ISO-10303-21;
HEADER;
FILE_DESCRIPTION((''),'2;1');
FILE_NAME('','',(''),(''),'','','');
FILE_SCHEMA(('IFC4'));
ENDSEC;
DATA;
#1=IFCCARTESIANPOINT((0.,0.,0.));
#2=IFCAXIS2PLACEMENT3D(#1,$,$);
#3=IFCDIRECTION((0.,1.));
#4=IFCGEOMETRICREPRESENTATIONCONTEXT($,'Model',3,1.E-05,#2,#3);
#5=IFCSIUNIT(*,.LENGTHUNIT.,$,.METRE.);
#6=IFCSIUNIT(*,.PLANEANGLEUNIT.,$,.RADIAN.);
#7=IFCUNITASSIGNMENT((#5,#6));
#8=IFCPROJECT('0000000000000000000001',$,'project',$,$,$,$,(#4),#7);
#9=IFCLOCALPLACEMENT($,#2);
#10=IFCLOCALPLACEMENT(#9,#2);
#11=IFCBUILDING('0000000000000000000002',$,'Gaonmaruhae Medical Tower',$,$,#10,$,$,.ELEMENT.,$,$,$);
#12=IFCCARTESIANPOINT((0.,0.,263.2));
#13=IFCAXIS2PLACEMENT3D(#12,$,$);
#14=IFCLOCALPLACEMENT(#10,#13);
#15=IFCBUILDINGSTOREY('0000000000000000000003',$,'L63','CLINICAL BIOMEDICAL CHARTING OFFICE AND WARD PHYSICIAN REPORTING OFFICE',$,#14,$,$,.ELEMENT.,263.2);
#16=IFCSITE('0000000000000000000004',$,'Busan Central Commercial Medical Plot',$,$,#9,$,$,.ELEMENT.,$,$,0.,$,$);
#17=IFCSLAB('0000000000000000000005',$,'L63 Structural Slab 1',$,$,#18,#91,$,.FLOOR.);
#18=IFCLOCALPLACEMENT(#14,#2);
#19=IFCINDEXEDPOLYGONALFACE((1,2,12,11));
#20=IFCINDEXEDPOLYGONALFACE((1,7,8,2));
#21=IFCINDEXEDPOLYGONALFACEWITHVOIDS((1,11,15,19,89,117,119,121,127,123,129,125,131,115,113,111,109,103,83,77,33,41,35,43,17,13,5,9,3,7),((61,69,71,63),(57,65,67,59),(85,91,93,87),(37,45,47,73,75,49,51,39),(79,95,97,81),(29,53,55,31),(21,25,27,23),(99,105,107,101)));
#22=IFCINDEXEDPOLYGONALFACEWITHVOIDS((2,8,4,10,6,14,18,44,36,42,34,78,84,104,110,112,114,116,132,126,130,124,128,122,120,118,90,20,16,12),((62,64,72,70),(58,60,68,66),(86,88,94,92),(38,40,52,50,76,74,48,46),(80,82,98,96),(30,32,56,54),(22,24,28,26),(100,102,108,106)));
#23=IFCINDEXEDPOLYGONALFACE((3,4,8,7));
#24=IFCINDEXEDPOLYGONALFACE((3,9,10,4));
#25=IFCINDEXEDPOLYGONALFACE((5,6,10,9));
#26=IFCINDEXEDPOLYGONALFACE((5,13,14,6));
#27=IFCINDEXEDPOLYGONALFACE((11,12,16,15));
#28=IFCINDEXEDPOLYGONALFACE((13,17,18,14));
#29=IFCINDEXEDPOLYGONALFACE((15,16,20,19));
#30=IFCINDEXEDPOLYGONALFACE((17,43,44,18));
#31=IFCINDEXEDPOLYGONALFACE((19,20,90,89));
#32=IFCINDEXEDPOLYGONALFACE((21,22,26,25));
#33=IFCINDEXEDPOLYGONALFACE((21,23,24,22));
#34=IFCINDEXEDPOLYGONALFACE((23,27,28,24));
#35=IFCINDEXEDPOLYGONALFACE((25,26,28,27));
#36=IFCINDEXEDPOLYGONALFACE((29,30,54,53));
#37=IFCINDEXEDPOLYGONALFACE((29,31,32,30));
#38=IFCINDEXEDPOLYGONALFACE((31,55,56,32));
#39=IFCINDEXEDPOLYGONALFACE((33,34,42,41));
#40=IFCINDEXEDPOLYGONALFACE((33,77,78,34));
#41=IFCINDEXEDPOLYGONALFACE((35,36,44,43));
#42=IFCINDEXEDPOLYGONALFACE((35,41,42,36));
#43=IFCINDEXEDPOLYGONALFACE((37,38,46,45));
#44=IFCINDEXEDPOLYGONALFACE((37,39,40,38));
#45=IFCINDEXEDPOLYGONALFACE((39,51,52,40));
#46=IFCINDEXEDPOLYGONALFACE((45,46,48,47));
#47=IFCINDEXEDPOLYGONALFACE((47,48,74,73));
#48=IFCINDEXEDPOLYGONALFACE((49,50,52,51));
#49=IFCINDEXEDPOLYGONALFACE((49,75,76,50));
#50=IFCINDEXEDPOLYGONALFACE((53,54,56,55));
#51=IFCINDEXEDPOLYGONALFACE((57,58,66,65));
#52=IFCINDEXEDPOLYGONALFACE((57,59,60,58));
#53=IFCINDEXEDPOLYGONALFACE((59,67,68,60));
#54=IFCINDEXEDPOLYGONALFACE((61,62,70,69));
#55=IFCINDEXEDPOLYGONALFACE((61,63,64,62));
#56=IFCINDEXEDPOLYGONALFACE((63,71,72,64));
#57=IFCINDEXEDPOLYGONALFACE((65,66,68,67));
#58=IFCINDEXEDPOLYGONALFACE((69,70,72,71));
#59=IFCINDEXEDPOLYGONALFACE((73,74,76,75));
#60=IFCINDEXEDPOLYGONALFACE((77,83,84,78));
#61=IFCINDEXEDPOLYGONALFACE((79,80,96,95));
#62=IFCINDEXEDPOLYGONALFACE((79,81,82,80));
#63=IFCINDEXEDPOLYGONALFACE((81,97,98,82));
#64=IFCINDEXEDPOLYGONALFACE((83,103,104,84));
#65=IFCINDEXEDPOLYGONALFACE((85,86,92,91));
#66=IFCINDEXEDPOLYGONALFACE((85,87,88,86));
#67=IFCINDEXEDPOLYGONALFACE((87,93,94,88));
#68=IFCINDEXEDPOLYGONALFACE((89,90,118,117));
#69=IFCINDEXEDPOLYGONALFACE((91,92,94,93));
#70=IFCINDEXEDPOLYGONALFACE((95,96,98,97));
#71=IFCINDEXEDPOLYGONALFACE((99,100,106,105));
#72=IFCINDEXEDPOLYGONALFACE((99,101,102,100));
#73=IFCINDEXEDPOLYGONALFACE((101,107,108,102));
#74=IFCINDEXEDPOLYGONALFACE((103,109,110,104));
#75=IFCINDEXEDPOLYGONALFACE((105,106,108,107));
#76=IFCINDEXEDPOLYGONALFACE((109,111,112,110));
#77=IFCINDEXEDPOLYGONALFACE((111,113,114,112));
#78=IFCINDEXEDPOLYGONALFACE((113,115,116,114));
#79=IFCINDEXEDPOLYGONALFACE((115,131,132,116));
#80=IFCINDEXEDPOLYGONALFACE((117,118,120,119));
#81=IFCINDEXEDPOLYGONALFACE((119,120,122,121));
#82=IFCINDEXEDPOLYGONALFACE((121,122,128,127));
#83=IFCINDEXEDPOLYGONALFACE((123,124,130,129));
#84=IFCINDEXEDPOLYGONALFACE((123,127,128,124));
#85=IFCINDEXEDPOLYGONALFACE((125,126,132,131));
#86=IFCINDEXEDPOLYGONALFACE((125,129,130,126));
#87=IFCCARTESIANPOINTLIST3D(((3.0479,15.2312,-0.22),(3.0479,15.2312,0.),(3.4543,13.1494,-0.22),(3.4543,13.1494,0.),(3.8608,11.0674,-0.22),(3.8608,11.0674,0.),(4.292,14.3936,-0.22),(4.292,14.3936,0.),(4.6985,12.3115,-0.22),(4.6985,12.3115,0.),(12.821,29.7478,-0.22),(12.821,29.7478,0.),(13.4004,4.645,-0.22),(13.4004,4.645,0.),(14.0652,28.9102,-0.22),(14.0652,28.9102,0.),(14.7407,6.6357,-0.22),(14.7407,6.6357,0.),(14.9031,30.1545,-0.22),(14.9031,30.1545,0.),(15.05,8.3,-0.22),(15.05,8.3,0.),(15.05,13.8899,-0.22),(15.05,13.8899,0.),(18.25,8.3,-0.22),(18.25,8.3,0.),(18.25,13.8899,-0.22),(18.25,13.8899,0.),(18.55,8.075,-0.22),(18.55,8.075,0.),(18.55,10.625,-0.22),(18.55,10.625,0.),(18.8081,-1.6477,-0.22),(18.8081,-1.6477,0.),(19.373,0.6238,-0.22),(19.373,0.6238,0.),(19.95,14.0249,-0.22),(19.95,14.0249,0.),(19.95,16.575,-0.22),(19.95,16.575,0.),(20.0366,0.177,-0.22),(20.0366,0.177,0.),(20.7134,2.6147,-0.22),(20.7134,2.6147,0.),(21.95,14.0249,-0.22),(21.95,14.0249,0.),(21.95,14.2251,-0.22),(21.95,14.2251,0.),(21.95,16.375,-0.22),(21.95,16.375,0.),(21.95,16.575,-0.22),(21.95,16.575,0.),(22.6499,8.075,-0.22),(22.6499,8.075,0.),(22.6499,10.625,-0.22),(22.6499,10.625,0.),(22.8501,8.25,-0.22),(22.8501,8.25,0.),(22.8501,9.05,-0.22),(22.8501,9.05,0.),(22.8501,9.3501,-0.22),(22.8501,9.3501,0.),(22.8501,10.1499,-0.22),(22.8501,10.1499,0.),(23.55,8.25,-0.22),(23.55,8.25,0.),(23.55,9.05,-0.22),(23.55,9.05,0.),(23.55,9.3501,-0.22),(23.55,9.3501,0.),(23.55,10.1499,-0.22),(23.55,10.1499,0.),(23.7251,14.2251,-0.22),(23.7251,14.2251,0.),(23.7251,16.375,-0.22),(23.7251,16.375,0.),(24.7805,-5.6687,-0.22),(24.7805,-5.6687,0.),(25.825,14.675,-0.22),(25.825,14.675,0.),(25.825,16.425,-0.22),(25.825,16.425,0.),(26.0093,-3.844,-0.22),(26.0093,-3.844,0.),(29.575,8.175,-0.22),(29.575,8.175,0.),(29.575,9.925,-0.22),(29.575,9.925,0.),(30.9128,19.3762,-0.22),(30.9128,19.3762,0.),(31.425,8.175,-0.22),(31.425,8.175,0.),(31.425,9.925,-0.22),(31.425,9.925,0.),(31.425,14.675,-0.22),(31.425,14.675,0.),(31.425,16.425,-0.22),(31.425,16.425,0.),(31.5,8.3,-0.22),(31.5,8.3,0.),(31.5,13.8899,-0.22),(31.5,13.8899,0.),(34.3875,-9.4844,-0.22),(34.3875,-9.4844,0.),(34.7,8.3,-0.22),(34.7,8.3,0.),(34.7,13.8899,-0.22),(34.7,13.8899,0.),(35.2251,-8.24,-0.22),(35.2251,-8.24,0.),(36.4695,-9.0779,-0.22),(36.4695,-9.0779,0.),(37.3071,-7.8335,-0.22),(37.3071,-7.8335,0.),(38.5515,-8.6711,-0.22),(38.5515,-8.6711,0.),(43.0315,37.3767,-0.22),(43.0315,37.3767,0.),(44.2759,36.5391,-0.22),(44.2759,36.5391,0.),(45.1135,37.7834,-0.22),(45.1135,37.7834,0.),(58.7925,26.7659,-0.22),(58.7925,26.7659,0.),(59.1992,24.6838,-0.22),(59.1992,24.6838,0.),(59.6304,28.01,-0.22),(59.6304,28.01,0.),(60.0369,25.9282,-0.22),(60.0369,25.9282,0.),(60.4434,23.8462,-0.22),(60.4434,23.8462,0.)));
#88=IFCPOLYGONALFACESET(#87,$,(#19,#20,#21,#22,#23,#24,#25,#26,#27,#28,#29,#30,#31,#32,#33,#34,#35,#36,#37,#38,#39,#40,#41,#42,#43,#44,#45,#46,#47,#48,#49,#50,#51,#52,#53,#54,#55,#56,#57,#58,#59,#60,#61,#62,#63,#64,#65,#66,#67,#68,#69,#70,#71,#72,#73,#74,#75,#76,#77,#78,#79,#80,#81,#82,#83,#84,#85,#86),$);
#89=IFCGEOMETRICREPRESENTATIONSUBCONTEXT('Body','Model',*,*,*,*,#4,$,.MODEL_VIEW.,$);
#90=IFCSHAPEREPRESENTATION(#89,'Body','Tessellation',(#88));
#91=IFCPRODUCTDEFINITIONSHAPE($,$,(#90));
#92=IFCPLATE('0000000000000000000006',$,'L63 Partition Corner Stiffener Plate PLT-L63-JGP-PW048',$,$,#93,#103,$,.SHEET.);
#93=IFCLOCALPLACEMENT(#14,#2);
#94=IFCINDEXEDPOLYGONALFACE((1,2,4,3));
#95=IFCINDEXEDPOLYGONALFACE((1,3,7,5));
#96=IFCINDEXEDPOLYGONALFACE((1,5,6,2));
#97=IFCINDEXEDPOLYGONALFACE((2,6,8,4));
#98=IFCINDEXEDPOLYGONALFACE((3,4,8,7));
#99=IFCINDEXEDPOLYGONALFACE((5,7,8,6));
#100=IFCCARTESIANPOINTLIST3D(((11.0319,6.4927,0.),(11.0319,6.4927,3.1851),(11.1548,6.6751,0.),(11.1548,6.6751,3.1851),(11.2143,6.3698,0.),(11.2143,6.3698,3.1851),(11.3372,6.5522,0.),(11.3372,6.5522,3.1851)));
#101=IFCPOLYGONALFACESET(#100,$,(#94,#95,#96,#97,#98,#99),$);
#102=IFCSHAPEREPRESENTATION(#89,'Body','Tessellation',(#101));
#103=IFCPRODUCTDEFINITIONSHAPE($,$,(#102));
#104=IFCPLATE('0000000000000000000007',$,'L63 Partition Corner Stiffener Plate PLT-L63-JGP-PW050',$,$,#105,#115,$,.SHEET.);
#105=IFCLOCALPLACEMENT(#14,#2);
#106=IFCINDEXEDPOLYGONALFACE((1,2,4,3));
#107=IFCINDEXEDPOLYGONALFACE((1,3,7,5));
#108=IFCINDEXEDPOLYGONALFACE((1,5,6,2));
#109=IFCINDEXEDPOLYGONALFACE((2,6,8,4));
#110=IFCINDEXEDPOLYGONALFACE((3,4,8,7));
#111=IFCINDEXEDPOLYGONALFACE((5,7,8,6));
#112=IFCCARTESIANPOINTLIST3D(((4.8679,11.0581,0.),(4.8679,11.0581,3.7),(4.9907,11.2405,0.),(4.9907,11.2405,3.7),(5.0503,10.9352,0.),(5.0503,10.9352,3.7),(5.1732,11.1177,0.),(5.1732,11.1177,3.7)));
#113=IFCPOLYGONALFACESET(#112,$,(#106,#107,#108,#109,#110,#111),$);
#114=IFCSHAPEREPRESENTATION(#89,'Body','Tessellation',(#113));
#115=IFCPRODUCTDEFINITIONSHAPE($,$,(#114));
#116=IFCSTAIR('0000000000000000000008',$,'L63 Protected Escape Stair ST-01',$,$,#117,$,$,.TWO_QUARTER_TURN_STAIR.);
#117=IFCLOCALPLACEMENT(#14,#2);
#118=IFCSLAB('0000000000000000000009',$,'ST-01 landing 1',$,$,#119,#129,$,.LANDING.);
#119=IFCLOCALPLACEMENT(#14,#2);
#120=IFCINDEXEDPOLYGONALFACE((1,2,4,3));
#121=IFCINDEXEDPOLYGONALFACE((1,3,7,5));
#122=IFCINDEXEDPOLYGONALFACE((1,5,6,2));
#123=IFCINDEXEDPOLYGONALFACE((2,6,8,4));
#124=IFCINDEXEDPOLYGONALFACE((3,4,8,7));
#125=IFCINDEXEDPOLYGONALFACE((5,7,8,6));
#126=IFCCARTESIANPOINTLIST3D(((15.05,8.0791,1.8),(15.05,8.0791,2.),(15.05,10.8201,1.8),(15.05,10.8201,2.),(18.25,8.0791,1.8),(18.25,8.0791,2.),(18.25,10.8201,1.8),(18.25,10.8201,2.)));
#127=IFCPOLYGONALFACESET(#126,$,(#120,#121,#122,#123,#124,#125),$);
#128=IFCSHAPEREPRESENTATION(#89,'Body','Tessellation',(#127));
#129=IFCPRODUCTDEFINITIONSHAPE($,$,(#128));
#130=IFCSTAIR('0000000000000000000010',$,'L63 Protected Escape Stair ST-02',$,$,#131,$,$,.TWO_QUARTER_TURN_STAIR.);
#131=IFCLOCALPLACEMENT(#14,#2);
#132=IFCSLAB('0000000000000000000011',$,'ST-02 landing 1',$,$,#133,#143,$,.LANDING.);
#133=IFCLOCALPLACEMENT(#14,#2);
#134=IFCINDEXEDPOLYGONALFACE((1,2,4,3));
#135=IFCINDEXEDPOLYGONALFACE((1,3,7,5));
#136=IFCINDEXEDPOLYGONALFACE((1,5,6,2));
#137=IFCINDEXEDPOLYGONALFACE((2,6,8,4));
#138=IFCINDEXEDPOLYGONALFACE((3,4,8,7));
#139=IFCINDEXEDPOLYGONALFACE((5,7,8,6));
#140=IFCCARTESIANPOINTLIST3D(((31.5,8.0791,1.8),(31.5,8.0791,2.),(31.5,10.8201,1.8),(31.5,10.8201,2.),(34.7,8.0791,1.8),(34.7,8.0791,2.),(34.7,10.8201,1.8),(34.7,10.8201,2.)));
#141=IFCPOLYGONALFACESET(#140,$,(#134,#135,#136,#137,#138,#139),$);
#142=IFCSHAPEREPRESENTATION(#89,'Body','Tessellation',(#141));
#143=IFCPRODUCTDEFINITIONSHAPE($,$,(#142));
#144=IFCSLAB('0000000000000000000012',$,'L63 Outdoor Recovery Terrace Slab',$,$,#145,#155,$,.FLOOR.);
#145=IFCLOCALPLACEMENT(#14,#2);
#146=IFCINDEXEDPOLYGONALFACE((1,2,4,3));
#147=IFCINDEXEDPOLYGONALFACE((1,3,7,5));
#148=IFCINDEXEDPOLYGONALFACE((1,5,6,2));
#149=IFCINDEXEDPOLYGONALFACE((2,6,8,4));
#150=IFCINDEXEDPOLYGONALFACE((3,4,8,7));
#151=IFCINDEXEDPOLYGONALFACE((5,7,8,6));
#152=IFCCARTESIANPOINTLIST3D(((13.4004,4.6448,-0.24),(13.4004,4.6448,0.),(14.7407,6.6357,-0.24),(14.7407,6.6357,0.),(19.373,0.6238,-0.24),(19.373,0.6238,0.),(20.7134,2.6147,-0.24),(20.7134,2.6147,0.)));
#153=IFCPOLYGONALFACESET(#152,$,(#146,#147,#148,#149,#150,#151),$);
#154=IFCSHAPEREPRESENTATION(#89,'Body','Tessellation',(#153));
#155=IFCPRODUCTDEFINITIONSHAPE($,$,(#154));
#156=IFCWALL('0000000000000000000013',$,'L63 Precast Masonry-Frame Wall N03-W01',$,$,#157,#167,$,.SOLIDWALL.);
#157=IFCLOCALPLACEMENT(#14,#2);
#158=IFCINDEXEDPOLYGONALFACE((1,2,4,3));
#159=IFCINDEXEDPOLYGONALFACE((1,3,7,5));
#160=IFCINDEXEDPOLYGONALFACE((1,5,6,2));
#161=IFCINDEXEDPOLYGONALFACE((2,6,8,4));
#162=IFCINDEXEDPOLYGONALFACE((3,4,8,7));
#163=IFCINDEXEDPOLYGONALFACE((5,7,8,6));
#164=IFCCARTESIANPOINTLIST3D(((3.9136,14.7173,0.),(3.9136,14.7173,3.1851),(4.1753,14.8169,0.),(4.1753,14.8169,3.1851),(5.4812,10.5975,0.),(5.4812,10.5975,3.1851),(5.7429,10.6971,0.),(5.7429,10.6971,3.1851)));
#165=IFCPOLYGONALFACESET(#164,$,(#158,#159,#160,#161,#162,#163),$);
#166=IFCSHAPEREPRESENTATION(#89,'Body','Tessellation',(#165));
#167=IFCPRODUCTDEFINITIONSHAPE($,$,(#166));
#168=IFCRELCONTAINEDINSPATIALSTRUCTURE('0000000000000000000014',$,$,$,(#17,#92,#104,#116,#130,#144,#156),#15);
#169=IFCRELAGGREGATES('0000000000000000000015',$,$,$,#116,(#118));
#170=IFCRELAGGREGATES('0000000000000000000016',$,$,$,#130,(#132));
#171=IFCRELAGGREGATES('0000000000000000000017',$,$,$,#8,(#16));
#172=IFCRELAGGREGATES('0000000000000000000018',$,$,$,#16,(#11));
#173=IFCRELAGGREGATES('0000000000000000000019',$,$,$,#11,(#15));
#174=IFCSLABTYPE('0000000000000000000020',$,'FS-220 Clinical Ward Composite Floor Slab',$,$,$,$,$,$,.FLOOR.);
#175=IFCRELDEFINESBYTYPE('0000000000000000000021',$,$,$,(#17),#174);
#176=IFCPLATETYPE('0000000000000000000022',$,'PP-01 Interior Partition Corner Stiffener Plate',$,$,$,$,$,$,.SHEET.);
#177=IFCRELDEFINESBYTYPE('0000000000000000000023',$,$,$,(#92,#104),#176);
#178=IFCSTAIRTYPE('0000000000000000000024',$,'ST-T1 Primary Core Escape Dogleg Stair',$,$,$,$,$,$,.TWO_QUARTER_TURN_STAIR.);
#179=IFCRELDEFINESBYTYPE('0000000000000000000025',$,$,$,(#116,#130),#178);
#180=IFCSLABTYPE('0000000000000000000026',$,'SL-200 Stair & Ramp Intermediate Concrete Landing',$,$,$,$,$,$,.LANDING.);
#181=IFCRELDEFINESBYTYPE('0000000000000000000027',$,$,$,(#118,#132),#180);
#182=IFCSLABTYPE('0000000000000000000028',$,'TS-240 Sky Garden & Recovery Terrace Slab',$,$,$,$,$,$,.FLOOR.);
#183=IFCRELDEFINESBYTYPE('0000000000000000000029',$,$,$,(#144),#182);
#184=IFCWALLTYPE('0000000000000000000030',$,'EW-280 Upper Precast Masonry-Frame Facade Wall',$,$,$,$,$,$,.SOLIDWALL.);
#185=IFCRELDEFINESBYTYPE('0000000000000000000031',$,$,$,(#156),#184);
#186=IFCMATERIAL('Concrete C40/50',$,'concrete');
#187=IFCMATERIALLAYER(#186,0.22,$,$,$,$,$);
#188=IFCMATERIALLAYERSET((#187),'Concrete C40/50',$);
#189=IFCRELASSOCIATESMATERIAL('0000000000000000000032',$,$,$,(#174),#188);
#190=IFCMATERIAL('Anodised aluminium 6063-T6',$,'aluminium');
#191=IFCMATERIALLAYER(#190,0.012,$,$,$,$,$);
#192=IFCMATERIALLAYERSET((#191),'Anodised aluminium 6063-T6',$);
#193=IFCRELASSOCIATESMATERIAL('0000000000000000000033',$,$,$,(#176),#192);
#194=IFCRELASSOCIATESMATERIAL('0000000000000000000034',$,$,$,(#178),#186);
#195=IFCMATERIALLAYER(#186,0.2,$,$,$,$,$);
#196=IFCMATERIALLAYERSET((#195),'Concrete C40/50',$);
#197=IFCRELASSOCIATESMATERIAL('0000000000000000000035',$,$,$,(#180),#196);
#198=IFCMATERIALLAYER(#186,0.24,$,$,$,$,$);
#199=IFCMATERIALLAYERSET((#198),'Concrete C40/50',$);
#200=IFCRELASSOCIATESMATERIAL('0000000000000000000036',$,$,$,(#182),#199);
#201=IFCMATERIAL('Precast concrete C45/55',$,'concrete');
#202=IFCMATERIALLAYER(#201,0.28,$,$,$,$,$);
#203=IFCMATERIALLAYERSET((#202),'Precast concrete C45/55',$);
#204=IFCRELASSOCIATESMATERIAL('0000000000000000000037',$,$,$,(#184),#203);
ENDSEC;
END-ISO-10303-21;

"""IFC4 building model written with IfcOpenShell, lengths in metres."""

from ifc_helpers import new_model, si_unit, direction, frame, frame_2d, origin, origin_2d, place, context, subcontext, project, spatial, polyline, rectangle, outline, extrude, material, layer, layer_set, type_object, element, aggregate, save


model = new_model("IFC4")

# Units and contexts
model_context = context("Model", 3, precision=1e-05, world=origin(), true_north=direction((0.0, 1.0)))
body_context = subcontext(model_context, "Body", "Model", "MODEL_VIEW")
ifc_project = project(units=[si_unit("LENGTHUNIT", "METRE"), si_unit("PLANEANGLEUNIT", "RADIAN")], contexts=[model_context])

# Site, building, storey
site_placement = place(None, origin())
site = spatial("IfcSite", under=ifc_project, at=site_placement, Name="Busan Central Commercial Medical Plot", CompositionType="ELEMENT", RefElevation=0.0)
building_placement = place(site_placement, origin())
building = spatial("IfcBuilding", under=site, at=building_placement, Name="Gaonmaruhae Medical Tower", CompositionType="ELEMENT")
storey_placement = place(building_placement, frame((0.0, 0.0, 263.2)))
storey = spatial("IfcBuildingStorey", under=building, at=storey_placement, Name="L63", Description="CLINICAL BIOMEDICAL CHARTING OFFICE AND WARD PHYSICIAN REPORTING OFFICE", CompositionType="ELEMENT", Elevation=263.2)

# Slab
ifc_material_1 = material(Name="Concrete C40/50", Category="concrete")
ifc_layer_1 = layer(ifc_material_1, 0.22)
ifc_layer_set_1 = layer_set([ifc_layer_1], Name="Concrete C40/50")
slab_type_1 = type_object("IfcSlabType", Name="FS-220 Clinical Ward Composite Floor Slab", PredefinedType="FLOOR", material=ifc_layer_set_1)
slab_1_placement = place(storey_placement, frame((0.0, 0.0, -0.22)))
element("IfcSlab", 1, at=slab_1_placement, inside=storey, type_object=slab_type_1, Name="L63 Structural Slab 1", PredefinedType="FLOOR", context=body_context, shape_type="SweptSolid", body=[
    extrude(outline(polyline([(4.6985, 12.3115), (3.4543, 13.1494), (4.292, 14.3936), (3.0479, 15.2312), (12.821, 29.7478), (14.0652, 28.9102), (14.9031, 30.1545), (30.9128, 19.3762), (43.0315, 37.3767), (44.2759, 36.5391), (45.1135, 37.7834), (59.6304, 28.01), (58.7925, 26.7659), (60.0369, 25.9282), (59.1992, 24.6838), (60.4434, 23.8462), (38.5515, -8.6711), (37.3071, -7.8335), (36.4695, -9.0779), (35.2251, -8.24), (34.3875, -9.4844), (26.0093, -3.844), (24.7805, -5.6687), (18.8081, -1.6477), (20.0366, 0.177), (19.373, 0.6238), (20.7134, 2.6147), (14.7407, 6.6357), (13.4004, 4.645), (3.8608, 11.0674), (4.6985, 12.3115)]), holes=[polyline([(23.55, 8.25), (22.8501, 8.25), (22.8501, 9.05), (23.55, 9.05), (23.55, 8.25)]), polyline([(31.425, 9.925), (31.425, 8.175), (29.575, 8.175), (29.575, 9.925), (31.425, 9.925)]), polyline([(22.6499, 10.625), (22.6499, 8.075), (18.55, 8.075), (18.55, 10.625), (22.6499, 10.625)]), polyline([(23.55, 9.3501), (22.8501, 9.3501), (22.8501, 10.1499), (23.55, 10.1499), (23.55, 9.3501)]), polyline([(15.05, 13.8899), (18.25, 13.8899), (18.25, 8.3), (15.05, 8.3), (15.05, 13.8899)]), polyline([(31.5, 13.8899), (34.7, 13.8899), (34.7, 8.3), (31.5, 8.3), (31.5, 13.8899)]), polyline([(21.95, 14.2251), (21.95, 14.0249), (19.95, 14.0249), (19.95, 16.575), (21.95, 16.575), (21.95, 16.375), (23.7251, 16.375), (23.7251, 14.2251), (21.95, 14.2251)]), polyline([(31.425, 16.425), (31.425, 14.675), (25.825, 14.675), (25.825, 16.425), (31.425, 16.425)])]), origin(), (0.0, 0.0, 1.0), 0.22),
])

# Plates
ifc_material_2 = material(Name="Anodised aluminium 6063-T6", Category="aluminium")
ifc_layer_2 = layer(ifc_material_2, 0.012)
ifc_layer_set_2 = layer_set([ifc_layer_2], Name="Anodised aluminium 6063-T6")
plate_type = type_object("IfcPlateType", Name="PP-01 Interior Partition Corner Stiffener Plate", PredefinedType="SHEET", material=ifc_layer_set_2)
plate_1_placement = place(storey_placement, frame((11.1846, 6.5225, 0.0), z_axis=(0.0, 0.0, 1.0), x_axis=(-0.829389, 0.558672, 0.0)))
element("IfcPlate", 2, at=plate_1_placement, inside=storey, type_object=plate_type, Name="L63 Partition Corner Stiffener Plate PLT-L63-JGP-PW048", PredefinedType="SHEET", context=body_context, shape_type="SweptSolid", body=[
    extrude(rectangle(XDim=0.22, YDim=0.22, at=origin_2d()), origin(), (0.0, 0.0, 1.0), 3.1851),
])
plate_2_placement = place(storey_placement, frame((5.0205, 11.0879, 0.0), z_axis=(0.0, 0.0, 1.0), x_axis=(0.558382, 0.829584, 0.0)))
element("IfcPlate", 3, at=plate_2_placement, inside=storey, type_object=plate_type, Name="L63 Partition Corner Stiffener Plate PLT-L63-JGP-PW050", PredefinedType="SHEET", context=body_context, shape_type="SweptSolid", body=[
    extrude(rectangle(XDim=0.22, YDim=0.22, at=origin_2d()), origin(), (0.0, 0.0, 1.0), 3.7),
])

# Stairs, slabs
stair_type = type_object("IfcStairType", Name="ST-T1 Primary Core Escape Dogleg Stair", PredefinedType="TWO_QUARTER_TURN_STAIR", material=ifc_material_1)
stair_1_placement = place(storey_placement, origin())
stair_1 = element("IfcStair", 4, at=stair_1_placement, inside=storey, type_object=stair_type, Name="L63 Protected Escape Stair ST-01", PredefinedType="TWO_QUARTER_TURN_STAIR")
ifc_layer_3 = layer(ifc_material_1, 0.2)
ifc_layer_set_3 = layer_set([ifc_layer_3], Name="Concrete C40/50")
slab_type_2 = type_object("IfcSlabType", Name="SL-200 Stair & Ramp Intermediate Concrete Landing", PredefinedType="LANDING", material=ifc_layer_set_3)
slab_2_placement = place(storey_placement, frame((0.0, 0.0, 1.8)))
slab_2 = element("IfcSlab", 5, at=slab_2_placement, type_object=slab_type_2, Name="ST-01 landing 1", PredefinedType="LANDING", context=body_context, shape_type="SweptSolid", body=[
    extrude(outline(polyline([(15.05, 10.8201), (15.05, 8.0791), (18.25, 8.0791), (18.25, 10.8201), (15.05, 10.8201)])), origin(), (0.0, 0.0, 1.0), 0.2),
])
aggregate(stair_1, [slab_2])
stair_2_placement = place(storey_placement, origin())
stair_2 = element("IfcStair", 6, at=stair_2_placement, inside=storey, type_object=stair_type, Name="L63 Protected Escape Stair ST-02", PredefinedType="TWO_QUARTER_TURN_STAIR")
slab_3_placement = place(storey_placement, frame((0.0, 0.0, 1.8)))
slab_3 = element("IfcSlab", 7, at=slab_3_placement, type_object=slab_type_2, Name="ST-02 landing 1", PredefinedType="LANDING", context=body_context, shape_type="SweptSolid", body=[
    extrude(outline(polyline([(31.5, 10.8201), (31.5, 8.0791), (34.7, 8.0791), (34.7, 10.8201), (31.5, 10.8201)])), origin(), (0.0, 0.0, 1.0), 0.2),
])
aggregate(stair_2, [slab_3])

# Slab
ifc_layer_4 = layer(ifc_material_1, 0.24)
ifc_layer_set_4 = layer_set([ifc_layer_4], Name="Concrete C40/50")
slab_type_3 = type_object("IfcSlabType", Name="TS-240 Sky Garden & Recovery Terrace Slab", PredefinedType="FLOOR", material=ifc_layer_set_4)
slab_4_placement = place(storey_placement, frame((0.0, 0.0, -0.24)))
element("IfcSlab", 8, at=slab_4_placement, inside=storey, type_object=slab_type_3, Name="L63 Outdoor Recovery Terrace Slab", PredefinedType="FLOOR", context=body_context, shape_type="SweptSolid", body=[
    extrude(outline(polyline([(19.373, 0.6238), (20.7134, 2.6147), (14.7407, 6.6357), (13.4004, 4.6448), (19.373, 0.6238)])), origin(), (0.0, 0.0, 1.0), 0.24),
])

# Wall
ifc_material_3 = material(Name="Precast concrete C45/55", Category="concrete")
ifc_layer_5 = layer(ifc_material_3, 0.28)
ifc_layer_set_5 = layer_set([ifc_layer_5], Name="Precast concrete C45/55")
wall_type_1 = type_object("IfcWallType", Name="EW-280 Upper Precast Masonry-Frame Facade Wall", PredefinedType="SOLIDWALL", material=ifc_layer_set_5)
wall_1_placement = place(storey_placement, frame((5.6121, 10.6472, 0.0), z_axis=(0.0, 0.0, 1.0), x_axis=(-0.355629, 0.934627, 0.0)))
element("IfcWall", 9, at=wall_1_placement, inside=storey, type_object=wall_type_1, Name="L63 Precast Masonry-Frame Wall N03-W01", PredefinedType="SOLIDWALL", context=body_context, shape_type="SweptSolid", body=[
    extrude(rectangle(XDim=4.408, YDim=0.28, at=frame_2d((2.2041, 0.0))), origin(), (0.0, 0.0, 1.0), 3.1851),
])

save(model, "model.ifc")
